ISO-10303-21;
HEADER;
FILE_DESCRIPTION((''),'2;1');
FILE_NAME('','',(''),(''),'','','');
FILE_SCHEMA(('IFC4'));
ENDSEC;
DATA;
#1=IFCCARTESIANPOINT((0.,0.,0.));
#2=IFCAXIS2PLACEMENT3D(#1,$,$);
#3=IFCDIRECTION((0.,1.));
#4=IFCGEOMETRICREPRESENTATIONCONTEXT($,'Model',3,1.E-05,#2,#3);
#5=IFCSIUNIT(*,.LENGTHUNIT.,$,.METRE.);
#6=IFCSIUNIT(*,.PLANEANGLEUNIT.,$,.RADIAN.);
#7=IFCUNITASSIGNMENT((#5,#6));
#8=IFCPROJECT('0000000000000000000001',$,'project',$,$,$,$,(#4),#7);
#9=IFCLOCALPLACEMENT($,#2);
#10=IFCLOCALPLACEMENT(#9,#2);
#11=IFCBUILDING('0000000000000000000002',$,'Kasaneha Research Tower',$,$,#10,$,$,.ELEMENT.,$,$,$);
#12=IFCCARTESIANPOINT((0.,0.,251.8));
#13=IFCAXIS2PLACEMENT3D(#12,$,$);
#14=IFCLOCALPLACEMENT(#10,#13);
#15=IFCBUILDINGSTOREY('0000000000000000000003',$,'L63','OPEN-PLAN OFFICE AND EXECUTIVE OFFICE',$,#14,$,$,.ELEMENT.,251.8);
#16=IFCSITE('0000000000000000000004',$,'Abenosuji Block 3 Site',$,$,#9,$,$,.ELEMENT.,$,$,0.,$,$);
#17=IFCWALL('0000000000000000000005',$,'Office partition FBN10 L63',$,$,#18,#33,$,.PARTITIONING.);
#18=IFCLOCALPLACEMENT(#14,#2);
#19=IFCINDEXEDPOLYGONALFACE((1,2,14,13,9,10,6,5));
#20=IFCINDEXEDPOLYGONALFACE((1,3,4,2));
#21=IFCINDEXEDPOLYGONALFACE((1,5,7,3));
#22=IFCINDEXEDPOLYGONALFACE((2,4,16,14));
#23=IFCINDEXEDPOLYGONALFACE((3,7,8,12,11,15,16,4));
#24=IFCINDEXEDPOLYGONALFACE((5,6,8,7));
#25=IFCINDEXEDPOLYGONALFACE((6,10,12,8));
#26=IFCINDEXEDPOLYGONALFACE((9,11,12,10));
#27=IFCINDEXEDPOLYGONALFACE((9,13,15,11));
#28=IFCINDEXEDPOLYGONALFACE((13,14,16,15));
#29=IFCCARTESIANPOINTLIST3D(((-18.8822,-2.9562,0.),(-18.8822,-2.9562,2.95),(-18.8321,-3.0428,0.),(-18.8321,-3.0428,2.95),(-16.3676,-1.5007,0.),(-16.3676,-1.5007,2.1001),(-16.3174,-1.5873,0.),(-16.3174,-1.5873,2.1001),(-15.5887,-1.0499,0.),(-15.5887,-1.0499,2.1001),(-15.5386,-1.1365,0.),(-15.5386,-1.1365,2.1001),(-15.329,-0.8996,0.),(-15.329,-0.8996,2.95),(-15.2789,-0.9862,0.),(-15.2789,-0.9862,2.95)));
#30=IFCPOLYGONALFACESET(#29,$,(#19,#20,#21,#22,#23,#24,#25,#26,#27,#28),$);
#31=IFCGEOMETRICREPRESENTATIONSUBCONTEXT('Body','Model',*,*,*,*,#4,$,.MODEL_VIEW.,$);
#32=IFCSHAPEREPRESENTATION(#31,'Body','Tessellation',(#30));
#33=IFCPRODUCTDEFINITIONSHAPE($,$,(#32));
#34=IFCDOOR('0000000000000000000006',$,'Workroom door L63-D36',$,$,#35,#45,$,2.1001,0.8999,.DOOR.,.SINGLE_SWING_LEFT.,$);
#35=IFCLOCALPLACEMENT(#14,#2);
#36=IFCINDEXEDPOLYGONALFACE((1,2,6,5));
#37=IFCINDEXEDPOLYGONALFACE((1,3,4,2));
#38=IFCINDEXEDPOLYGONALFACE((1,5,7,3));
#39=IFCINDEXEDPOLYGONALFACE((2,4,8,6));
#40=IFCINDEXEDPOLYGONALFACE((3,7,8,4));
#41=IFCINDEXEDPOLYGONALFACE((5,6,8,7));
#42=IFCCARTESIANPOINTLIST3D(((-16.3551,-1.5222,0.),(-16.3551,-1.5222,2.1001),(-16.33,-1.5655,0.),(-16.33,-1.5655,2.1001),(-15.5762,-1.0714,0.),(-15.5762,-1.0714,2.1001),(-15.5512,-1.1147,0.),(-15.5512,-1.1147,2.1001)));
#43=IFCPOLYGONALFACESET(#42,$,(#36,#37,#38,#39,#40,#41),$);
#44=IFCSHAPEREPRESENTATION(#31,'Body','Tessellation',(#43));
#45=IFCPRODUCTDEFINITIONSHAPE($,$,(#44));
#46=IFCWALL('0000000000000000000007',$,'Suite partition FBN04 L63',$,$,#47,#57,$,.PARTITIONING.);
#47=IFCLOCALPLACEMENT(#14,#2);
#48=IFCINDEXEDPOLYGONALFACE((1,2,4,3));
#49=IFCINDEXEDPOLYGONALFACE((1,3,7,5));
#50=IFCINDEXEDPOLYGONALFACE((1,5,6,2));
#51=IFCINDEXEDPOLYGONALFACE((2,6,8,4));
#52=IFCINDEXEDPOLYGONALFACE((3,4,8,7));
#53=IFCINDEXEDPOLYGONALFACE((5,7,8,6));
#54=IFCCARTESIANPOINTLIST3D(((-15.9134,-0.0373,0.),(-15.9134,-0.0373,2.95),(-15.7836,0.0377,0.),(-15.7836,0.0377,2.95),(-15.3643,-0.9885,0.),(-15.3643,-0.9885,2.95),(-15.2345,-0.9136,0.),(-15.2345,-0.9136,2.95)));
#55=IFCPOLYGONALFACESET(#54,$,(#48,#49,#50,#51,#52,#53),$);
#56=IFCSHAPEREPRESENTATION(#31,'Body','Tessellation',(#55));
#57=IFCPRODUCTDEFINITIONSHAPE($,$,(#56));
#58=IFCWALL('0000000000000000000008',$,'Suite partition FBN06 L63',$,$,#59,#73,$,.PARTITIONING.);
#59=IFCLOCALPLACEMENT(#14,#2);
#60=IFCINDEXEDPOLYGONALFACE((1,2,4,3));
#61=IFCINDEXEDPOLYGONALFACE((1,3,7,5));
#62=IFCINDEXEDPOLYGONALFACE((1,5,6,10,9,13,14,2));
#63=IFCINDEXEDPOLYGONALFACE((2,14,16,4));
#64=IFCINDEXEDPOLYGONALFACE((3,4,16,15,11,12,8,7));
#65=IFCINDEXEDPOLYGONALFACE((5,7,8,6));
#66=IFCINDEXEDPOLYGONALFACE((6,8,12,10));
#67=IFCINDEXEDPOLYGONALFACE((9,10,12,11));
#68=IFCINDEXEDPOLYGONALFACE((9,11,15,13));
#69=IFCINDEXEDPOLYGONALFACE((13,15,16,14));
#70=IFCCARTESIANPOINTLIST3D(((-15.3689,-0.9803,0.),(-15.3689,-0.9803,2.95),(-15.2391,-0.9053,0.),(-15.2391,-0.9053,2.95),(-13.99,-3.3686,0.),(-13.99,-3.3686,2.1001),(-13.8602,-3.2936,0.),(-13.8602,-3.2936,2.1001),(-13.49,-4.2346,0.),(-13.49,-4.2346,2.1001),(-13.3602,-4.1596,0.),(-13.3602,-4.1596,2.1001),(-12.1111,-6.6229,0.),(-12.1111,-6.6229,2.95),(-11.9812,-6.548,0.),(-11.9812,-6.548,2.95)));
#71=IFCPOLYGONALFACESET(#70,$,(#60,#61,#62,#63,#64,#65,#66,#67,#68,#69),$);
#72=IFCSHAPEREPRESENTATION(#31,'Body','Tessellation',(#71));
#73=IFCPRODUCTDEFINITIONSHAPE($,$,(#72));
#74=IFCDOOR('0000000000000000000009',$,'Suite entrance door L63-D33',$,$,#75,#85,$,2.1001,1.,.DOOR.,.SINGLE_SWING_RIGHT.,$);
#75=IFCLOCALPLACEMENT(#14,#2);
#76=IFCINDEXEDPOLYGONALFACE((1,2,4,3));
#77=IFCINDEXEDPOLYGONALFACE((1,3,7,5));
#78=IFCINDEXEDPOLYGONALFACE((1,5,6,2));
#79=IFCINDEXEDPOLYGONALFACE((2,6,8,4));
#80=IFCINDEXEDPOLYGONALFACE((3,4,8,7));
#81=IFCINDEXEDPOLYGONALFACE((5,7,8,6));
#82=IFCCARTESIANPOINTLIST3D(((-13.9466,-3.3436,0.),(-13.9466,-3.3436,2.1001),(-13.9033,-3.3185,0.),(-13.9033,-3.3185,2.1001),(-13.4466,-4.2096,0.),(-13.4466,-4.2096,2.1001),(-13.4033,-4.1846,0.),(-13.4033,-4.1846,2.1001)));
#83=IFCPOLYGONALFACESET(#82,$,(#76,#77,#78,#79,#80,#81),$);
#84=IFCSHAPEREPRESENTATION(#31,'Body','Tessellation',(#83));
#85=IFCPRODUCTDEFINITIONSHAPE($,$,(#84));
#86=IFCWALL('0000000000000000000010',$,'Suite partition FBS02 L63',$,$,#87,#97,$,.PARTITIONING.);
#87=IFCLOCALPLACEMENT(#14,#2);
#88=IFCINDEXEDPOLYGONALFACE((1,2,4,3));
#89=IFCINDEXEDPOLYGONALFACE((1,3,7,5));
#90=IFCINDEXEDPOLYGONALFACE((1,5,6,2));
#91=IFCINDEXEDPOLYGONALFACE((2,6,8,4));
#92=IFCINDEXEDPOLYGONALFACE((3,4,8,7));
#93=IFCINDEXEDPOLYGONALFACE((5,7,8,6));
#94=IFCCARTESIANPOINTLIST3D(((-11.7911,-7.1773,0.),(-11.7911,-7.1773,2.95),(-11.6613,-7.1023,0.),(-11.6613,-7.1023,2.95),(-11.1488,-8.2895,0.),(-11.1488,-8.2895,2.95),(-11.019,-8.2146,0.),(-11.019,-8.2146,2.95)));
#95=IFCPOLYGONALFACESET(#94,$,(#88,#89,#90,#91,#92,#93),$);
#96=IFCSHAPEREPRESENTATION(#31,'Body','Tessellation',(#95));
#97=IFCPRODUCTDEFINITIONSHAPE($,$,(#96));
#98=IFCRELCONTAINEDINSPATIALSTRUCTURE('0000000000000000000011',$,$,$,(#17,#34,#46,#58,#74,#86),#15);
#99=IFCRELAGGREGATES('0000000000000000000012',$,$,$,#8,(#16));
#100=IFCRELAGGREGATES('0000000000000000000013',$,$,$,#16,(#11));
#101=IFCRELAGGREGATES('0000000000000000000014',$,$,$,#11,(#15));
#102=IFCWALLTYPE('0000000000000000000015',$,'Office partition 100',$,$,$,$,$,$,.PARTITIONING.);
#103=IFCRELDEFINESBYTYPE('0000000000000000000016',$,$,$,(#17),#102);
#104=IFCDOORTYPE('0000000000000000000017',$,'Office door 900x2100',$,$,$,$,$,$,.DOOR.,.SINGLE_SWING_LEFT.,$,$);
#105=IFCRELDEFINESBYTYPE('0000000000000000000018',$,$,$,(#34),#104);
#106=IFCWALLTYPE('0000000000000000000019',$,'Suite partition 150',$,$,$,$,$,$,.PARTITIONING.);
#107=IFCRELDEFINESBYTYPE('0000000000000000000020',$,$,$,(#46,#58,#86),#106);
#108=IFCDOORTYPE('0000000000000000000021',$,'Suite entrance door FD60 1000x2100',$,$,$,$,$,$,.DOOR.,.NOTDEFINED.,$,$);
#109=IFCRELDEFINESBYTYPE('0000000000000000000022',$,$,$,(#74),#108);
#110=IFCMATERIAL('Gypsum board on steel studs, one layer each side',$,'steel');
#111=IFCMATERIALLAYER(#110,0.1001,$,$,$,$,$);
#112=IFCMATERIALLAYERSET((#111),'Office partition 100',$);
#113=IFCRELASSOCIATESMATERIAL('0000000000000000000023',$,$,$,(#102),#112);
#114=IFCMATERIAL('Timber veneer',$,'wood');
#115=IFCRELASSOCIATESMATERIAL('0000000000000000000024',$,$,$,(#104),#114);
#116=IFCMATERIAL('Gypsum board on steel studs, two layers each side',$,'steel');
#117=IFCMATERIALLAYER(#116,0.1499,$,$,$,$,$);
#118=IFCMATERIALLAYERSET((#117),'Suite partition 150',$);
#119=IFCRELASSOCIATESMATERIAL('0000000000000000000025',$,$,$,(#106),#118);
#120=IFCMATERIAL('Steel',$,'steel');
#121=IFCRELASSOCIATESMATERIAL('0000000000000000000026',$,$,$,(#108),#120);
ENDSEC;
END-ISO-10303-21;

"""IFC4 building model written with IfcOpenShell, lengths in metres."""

from ifc_helpers import new_model, si_unit, direction, frame, frame_2d, origin, place, context, subcontext, project, spatial, rectangle, extrude, material, layer, layer_set, type_object, element, fill, save


model = new_model("IFC4")

# Units and contexts
model_context = context("Model", 3, precision=1e-05, world=origin(), true_north=direction((0.0, 1.0)))
body_context = subcontext(model_context, "Body", "Model", "MODEL_VIEW")
ifc_project = project(units=[si_unit("LENGTHUNIT", "METRE"), si_unit("PLANEANGLEUNIT", "RADIAN")], contexts=[model_context])

# Site, building, storey
site_placement = place(None, origin())
site = spatial("IfcSite", under=ifc_project, at=site_placement, Name="Abenosuji Block 3 Site", CompositionType="ELEMENT", RefElevation=0.0)
building_placement = place(site_placement, origin())
building = spatial("IfcBuilding", under=site, at=building_placement, Name="Kasaneha Research Tower", CompositionType="ELEMENT")
storey_placement = place(building_placement, frame((0.0, 0.0, 251.8)))
storey = spatial("IfcBuildingStorey", under=building, at=storey_placement, Name="L63", Description="OPEN-PLAN OFFICE AND EXECUTIVE OFFICE", CompositionType="ELEMENT", Elevation=251.8)

# Wall, opening, door
ifc_material_1 = material(Name="Gypsum board on steel studs, one layer each side", Category="steel")
ifc_layer_1 = layer(ifc_material_1, 0.1001)
ifc_layer_set_1 = layer_set([ifc_layer_1], Name="Office partition 100")
wall_type_1 = type_object("IfcWallType", Name="Office partition 100", PredefinedType="PARTITIONING", material=ifc_layer_set_1)
wall_1_placement = place(storey_placement, frame((-15.304, -0.9429, 0.0), z_axis=(0.0, 0.0, 1.0), x_axis=(-0.865478, -0.500947, 0.0)))
wall_1 = element("IfcWall", 1, at=wall_1_placement, inside=storey, type_object=wall_type_1, Name="Office partition FBN10 L63", PredefinedType="PARTITIONING", context=body_context, shape_type="SweptSolid", body=[
    extrude(rectangle(XDim=4.1055, YDim=0.1001, at=frame_2d((2.0527, 0.0))), origin(), (0.0, 0.0, 1.0), 2.95),
])
opening_1_placement = place(wall_1_placement, frame((0.3, 0.0, 0.0)))
opening_1 = element("IfcOpeningElement", 2, at=opening_1_placement, cuts=wall_1, PredefinedType="OPENING", context=body_context, shape_type="SweptSolid", body=[
    extrude(rectangle(XDim=0.8999, YDim=2.1001, at=frame_2d((0.45, 1.05))), frame((0.0, 0.0601, 0.0), z_axis=(0.0, -1.0, 0.0), x_axis=(1.0, 0.0, 0.0)), (0.0, 0.0, 1.0), 0.1201),
])
ifc_material_2 = material(Name="Timber veneer", Category="wood")
door_type_1 = type_object("IfcDoorType", Name="Office door 900x2100", OperationType="SINGLE_SWING_LEFT", PredefinedType="DOOR", material=ifc_material_2)
door_1_placement = place(opening_1_placement, origin())
door_1 = element("IfcDoor", 3, at=door_1_placement, inside=storey, type_object=door_type_1, Name="Workroom door L63-D36", OperationType="SINGLE_SWING_LEFT", OverallHeight=2.1001, OverallWidth=0.8999, PredefinedType="DOOR", context=body_context, shape_type="SweptSolid", body=[
    extrude(rectangle(XDim=0.8999, YDim=2.1001, at=frame_2d((0.45, 1.05))), frame((0.0, 0.0249, 0.0), z_axis=(0.0, -1.0, 0.0), x_axis=(1.0, 0.0, 0.0)), (0.0, 0.0, 1.0), 0.05),
])
fill(opening_1, door_1)

# Wall
ifc_material_3 = material(Name="Gypsum board on steel studs, two layers each side", Category="steel")
ifc_layer_2 = layer(ifc_material_3, 0.1499)
ifc_layer_set_2 = layer_set([ifc_layer_2], Name="Suite partition 150")
wall_type_2 = type_object("IfcWallType", Name="Suite partition 150", PredefinedType="PARTITIONING", material=ifc_layer_set_2)
wall_2_placement = place(storey_placement, frame((-15.2993, -0.9512, 0.0), z_axis=(0.0, 0.0, 1.0), x_axis=(-0.499941, 0.86606, 0.0)))
element("IfcWall", 4, at=wall_2_placement, inside=storey, type_object=wall_type_2, Name="Suite partition FBN04 L63", PredefinedType="PARTITIONING", context=body_context, shape_type="SweptSolid", body=[
    extrude(rectangle(XDim=1.0984, YDim=0.1499, at=frame_2d((0.5493, 0.0))), origin(), (0.0, 0.0, 1.0), 2.95),
])

# Wall, opening, door
wall_3_placement = place(storey_placement, frame((-12.0461, -6.5854, 0.0), z_axis=(0.0, 0.0, 1.0), x_axis=(-0.500008, 0.866021, 0.0)))
wall_3 = element("IfcWall", 5, at=wall_3_placement, inside=storey, type_object=wall_type_2, Name="Suite partition FBN06 L63", PredefinedType="PARTITIONING", context=body_context, shape_type="SweptSolid", body=[
    extrude(rectangle(XDim=6.5156, YDim=0.1499, at=frame_2d((3.2578, 0.0))), origin(), (0.0, 0.0, 1.0), 2.95),
])
opening_2_placement = place(wall_3_placement, frame((2.7578, 0.0, 0.0)))
opening_2 = element("IfcOpeningElement", 6, at=opening_2_placement, cuts=wall_3, PredefinedType="OPENING", context=body_context, shape_type="SweptSolid", body=[
    extrude(rectangle(XDim=1.0, YDim=2.1001, at=frame_2d((0.5, 1.05))), frame((0.0, 0.085, 0.0), z_axis=(0.0, -1.0, 0.0), x_axis=(1.0, 0.0, 0.0)), (0.0, 0.0, 1.0), 0.1699),
])
ifc_material_4 = material(Name="Steel", Category="steel")
door_type_2 = type_object("IfcDoorType", Name="Suite entrance door FD60 1000x2100", OperationType="NOTDEFINED", PredefinedType="DOOR", material=ifc_material_4)
door_2_placement = place(opening_2_placement, origin())
door_2 = element("IfcDoor", 7, at=door_2_placement, inside=storey, type_object=door_type_2, Name="Suite entrance door L63-D33", OperationType="SINGLE_SWING_RIGHT", OverallHeight=2.1001, OverallWidth=1.0, PredefinedType="DOOR", context=body_context, shape_type="SweptSolid", body=[
    extrude(rectangle(XDim=1.0, YDim=2.1001, at=frame_2d((0.5, 1.05))), frame((0.0, 0.0249, 0.0), z_axis=(0.0, -1.0, 0.0), x_axis=(1.0, 0.0, 0.0)), (0.0, 0.0, 1.0), 0.05),
])
fill(opening_2, door_2)

# Wall
wall_4_placement = place(storey_placement, frame((-11.084, -8.252, 0.0), z_axis=(0.0, 0.0, 1.0), x_axis=(-0.500084, 0.865977, 0.0)))
element("IfcWall", 8, at=wall_4_placement, inside=storey, type_object=wall_type_2, Name="Suite partition FBS02 L63", PredefinedType="PARTITIONING", context=body_context, shape_type="SweptSolid", body=[
    extrude(rectangle(XDim=1.2844, YDim=0.1499, at=frame_2d((0.6421, 0.0))), origin(), (0.0, 0.0, 1.0), 2.95),
])

save(model, "model.ifc")
